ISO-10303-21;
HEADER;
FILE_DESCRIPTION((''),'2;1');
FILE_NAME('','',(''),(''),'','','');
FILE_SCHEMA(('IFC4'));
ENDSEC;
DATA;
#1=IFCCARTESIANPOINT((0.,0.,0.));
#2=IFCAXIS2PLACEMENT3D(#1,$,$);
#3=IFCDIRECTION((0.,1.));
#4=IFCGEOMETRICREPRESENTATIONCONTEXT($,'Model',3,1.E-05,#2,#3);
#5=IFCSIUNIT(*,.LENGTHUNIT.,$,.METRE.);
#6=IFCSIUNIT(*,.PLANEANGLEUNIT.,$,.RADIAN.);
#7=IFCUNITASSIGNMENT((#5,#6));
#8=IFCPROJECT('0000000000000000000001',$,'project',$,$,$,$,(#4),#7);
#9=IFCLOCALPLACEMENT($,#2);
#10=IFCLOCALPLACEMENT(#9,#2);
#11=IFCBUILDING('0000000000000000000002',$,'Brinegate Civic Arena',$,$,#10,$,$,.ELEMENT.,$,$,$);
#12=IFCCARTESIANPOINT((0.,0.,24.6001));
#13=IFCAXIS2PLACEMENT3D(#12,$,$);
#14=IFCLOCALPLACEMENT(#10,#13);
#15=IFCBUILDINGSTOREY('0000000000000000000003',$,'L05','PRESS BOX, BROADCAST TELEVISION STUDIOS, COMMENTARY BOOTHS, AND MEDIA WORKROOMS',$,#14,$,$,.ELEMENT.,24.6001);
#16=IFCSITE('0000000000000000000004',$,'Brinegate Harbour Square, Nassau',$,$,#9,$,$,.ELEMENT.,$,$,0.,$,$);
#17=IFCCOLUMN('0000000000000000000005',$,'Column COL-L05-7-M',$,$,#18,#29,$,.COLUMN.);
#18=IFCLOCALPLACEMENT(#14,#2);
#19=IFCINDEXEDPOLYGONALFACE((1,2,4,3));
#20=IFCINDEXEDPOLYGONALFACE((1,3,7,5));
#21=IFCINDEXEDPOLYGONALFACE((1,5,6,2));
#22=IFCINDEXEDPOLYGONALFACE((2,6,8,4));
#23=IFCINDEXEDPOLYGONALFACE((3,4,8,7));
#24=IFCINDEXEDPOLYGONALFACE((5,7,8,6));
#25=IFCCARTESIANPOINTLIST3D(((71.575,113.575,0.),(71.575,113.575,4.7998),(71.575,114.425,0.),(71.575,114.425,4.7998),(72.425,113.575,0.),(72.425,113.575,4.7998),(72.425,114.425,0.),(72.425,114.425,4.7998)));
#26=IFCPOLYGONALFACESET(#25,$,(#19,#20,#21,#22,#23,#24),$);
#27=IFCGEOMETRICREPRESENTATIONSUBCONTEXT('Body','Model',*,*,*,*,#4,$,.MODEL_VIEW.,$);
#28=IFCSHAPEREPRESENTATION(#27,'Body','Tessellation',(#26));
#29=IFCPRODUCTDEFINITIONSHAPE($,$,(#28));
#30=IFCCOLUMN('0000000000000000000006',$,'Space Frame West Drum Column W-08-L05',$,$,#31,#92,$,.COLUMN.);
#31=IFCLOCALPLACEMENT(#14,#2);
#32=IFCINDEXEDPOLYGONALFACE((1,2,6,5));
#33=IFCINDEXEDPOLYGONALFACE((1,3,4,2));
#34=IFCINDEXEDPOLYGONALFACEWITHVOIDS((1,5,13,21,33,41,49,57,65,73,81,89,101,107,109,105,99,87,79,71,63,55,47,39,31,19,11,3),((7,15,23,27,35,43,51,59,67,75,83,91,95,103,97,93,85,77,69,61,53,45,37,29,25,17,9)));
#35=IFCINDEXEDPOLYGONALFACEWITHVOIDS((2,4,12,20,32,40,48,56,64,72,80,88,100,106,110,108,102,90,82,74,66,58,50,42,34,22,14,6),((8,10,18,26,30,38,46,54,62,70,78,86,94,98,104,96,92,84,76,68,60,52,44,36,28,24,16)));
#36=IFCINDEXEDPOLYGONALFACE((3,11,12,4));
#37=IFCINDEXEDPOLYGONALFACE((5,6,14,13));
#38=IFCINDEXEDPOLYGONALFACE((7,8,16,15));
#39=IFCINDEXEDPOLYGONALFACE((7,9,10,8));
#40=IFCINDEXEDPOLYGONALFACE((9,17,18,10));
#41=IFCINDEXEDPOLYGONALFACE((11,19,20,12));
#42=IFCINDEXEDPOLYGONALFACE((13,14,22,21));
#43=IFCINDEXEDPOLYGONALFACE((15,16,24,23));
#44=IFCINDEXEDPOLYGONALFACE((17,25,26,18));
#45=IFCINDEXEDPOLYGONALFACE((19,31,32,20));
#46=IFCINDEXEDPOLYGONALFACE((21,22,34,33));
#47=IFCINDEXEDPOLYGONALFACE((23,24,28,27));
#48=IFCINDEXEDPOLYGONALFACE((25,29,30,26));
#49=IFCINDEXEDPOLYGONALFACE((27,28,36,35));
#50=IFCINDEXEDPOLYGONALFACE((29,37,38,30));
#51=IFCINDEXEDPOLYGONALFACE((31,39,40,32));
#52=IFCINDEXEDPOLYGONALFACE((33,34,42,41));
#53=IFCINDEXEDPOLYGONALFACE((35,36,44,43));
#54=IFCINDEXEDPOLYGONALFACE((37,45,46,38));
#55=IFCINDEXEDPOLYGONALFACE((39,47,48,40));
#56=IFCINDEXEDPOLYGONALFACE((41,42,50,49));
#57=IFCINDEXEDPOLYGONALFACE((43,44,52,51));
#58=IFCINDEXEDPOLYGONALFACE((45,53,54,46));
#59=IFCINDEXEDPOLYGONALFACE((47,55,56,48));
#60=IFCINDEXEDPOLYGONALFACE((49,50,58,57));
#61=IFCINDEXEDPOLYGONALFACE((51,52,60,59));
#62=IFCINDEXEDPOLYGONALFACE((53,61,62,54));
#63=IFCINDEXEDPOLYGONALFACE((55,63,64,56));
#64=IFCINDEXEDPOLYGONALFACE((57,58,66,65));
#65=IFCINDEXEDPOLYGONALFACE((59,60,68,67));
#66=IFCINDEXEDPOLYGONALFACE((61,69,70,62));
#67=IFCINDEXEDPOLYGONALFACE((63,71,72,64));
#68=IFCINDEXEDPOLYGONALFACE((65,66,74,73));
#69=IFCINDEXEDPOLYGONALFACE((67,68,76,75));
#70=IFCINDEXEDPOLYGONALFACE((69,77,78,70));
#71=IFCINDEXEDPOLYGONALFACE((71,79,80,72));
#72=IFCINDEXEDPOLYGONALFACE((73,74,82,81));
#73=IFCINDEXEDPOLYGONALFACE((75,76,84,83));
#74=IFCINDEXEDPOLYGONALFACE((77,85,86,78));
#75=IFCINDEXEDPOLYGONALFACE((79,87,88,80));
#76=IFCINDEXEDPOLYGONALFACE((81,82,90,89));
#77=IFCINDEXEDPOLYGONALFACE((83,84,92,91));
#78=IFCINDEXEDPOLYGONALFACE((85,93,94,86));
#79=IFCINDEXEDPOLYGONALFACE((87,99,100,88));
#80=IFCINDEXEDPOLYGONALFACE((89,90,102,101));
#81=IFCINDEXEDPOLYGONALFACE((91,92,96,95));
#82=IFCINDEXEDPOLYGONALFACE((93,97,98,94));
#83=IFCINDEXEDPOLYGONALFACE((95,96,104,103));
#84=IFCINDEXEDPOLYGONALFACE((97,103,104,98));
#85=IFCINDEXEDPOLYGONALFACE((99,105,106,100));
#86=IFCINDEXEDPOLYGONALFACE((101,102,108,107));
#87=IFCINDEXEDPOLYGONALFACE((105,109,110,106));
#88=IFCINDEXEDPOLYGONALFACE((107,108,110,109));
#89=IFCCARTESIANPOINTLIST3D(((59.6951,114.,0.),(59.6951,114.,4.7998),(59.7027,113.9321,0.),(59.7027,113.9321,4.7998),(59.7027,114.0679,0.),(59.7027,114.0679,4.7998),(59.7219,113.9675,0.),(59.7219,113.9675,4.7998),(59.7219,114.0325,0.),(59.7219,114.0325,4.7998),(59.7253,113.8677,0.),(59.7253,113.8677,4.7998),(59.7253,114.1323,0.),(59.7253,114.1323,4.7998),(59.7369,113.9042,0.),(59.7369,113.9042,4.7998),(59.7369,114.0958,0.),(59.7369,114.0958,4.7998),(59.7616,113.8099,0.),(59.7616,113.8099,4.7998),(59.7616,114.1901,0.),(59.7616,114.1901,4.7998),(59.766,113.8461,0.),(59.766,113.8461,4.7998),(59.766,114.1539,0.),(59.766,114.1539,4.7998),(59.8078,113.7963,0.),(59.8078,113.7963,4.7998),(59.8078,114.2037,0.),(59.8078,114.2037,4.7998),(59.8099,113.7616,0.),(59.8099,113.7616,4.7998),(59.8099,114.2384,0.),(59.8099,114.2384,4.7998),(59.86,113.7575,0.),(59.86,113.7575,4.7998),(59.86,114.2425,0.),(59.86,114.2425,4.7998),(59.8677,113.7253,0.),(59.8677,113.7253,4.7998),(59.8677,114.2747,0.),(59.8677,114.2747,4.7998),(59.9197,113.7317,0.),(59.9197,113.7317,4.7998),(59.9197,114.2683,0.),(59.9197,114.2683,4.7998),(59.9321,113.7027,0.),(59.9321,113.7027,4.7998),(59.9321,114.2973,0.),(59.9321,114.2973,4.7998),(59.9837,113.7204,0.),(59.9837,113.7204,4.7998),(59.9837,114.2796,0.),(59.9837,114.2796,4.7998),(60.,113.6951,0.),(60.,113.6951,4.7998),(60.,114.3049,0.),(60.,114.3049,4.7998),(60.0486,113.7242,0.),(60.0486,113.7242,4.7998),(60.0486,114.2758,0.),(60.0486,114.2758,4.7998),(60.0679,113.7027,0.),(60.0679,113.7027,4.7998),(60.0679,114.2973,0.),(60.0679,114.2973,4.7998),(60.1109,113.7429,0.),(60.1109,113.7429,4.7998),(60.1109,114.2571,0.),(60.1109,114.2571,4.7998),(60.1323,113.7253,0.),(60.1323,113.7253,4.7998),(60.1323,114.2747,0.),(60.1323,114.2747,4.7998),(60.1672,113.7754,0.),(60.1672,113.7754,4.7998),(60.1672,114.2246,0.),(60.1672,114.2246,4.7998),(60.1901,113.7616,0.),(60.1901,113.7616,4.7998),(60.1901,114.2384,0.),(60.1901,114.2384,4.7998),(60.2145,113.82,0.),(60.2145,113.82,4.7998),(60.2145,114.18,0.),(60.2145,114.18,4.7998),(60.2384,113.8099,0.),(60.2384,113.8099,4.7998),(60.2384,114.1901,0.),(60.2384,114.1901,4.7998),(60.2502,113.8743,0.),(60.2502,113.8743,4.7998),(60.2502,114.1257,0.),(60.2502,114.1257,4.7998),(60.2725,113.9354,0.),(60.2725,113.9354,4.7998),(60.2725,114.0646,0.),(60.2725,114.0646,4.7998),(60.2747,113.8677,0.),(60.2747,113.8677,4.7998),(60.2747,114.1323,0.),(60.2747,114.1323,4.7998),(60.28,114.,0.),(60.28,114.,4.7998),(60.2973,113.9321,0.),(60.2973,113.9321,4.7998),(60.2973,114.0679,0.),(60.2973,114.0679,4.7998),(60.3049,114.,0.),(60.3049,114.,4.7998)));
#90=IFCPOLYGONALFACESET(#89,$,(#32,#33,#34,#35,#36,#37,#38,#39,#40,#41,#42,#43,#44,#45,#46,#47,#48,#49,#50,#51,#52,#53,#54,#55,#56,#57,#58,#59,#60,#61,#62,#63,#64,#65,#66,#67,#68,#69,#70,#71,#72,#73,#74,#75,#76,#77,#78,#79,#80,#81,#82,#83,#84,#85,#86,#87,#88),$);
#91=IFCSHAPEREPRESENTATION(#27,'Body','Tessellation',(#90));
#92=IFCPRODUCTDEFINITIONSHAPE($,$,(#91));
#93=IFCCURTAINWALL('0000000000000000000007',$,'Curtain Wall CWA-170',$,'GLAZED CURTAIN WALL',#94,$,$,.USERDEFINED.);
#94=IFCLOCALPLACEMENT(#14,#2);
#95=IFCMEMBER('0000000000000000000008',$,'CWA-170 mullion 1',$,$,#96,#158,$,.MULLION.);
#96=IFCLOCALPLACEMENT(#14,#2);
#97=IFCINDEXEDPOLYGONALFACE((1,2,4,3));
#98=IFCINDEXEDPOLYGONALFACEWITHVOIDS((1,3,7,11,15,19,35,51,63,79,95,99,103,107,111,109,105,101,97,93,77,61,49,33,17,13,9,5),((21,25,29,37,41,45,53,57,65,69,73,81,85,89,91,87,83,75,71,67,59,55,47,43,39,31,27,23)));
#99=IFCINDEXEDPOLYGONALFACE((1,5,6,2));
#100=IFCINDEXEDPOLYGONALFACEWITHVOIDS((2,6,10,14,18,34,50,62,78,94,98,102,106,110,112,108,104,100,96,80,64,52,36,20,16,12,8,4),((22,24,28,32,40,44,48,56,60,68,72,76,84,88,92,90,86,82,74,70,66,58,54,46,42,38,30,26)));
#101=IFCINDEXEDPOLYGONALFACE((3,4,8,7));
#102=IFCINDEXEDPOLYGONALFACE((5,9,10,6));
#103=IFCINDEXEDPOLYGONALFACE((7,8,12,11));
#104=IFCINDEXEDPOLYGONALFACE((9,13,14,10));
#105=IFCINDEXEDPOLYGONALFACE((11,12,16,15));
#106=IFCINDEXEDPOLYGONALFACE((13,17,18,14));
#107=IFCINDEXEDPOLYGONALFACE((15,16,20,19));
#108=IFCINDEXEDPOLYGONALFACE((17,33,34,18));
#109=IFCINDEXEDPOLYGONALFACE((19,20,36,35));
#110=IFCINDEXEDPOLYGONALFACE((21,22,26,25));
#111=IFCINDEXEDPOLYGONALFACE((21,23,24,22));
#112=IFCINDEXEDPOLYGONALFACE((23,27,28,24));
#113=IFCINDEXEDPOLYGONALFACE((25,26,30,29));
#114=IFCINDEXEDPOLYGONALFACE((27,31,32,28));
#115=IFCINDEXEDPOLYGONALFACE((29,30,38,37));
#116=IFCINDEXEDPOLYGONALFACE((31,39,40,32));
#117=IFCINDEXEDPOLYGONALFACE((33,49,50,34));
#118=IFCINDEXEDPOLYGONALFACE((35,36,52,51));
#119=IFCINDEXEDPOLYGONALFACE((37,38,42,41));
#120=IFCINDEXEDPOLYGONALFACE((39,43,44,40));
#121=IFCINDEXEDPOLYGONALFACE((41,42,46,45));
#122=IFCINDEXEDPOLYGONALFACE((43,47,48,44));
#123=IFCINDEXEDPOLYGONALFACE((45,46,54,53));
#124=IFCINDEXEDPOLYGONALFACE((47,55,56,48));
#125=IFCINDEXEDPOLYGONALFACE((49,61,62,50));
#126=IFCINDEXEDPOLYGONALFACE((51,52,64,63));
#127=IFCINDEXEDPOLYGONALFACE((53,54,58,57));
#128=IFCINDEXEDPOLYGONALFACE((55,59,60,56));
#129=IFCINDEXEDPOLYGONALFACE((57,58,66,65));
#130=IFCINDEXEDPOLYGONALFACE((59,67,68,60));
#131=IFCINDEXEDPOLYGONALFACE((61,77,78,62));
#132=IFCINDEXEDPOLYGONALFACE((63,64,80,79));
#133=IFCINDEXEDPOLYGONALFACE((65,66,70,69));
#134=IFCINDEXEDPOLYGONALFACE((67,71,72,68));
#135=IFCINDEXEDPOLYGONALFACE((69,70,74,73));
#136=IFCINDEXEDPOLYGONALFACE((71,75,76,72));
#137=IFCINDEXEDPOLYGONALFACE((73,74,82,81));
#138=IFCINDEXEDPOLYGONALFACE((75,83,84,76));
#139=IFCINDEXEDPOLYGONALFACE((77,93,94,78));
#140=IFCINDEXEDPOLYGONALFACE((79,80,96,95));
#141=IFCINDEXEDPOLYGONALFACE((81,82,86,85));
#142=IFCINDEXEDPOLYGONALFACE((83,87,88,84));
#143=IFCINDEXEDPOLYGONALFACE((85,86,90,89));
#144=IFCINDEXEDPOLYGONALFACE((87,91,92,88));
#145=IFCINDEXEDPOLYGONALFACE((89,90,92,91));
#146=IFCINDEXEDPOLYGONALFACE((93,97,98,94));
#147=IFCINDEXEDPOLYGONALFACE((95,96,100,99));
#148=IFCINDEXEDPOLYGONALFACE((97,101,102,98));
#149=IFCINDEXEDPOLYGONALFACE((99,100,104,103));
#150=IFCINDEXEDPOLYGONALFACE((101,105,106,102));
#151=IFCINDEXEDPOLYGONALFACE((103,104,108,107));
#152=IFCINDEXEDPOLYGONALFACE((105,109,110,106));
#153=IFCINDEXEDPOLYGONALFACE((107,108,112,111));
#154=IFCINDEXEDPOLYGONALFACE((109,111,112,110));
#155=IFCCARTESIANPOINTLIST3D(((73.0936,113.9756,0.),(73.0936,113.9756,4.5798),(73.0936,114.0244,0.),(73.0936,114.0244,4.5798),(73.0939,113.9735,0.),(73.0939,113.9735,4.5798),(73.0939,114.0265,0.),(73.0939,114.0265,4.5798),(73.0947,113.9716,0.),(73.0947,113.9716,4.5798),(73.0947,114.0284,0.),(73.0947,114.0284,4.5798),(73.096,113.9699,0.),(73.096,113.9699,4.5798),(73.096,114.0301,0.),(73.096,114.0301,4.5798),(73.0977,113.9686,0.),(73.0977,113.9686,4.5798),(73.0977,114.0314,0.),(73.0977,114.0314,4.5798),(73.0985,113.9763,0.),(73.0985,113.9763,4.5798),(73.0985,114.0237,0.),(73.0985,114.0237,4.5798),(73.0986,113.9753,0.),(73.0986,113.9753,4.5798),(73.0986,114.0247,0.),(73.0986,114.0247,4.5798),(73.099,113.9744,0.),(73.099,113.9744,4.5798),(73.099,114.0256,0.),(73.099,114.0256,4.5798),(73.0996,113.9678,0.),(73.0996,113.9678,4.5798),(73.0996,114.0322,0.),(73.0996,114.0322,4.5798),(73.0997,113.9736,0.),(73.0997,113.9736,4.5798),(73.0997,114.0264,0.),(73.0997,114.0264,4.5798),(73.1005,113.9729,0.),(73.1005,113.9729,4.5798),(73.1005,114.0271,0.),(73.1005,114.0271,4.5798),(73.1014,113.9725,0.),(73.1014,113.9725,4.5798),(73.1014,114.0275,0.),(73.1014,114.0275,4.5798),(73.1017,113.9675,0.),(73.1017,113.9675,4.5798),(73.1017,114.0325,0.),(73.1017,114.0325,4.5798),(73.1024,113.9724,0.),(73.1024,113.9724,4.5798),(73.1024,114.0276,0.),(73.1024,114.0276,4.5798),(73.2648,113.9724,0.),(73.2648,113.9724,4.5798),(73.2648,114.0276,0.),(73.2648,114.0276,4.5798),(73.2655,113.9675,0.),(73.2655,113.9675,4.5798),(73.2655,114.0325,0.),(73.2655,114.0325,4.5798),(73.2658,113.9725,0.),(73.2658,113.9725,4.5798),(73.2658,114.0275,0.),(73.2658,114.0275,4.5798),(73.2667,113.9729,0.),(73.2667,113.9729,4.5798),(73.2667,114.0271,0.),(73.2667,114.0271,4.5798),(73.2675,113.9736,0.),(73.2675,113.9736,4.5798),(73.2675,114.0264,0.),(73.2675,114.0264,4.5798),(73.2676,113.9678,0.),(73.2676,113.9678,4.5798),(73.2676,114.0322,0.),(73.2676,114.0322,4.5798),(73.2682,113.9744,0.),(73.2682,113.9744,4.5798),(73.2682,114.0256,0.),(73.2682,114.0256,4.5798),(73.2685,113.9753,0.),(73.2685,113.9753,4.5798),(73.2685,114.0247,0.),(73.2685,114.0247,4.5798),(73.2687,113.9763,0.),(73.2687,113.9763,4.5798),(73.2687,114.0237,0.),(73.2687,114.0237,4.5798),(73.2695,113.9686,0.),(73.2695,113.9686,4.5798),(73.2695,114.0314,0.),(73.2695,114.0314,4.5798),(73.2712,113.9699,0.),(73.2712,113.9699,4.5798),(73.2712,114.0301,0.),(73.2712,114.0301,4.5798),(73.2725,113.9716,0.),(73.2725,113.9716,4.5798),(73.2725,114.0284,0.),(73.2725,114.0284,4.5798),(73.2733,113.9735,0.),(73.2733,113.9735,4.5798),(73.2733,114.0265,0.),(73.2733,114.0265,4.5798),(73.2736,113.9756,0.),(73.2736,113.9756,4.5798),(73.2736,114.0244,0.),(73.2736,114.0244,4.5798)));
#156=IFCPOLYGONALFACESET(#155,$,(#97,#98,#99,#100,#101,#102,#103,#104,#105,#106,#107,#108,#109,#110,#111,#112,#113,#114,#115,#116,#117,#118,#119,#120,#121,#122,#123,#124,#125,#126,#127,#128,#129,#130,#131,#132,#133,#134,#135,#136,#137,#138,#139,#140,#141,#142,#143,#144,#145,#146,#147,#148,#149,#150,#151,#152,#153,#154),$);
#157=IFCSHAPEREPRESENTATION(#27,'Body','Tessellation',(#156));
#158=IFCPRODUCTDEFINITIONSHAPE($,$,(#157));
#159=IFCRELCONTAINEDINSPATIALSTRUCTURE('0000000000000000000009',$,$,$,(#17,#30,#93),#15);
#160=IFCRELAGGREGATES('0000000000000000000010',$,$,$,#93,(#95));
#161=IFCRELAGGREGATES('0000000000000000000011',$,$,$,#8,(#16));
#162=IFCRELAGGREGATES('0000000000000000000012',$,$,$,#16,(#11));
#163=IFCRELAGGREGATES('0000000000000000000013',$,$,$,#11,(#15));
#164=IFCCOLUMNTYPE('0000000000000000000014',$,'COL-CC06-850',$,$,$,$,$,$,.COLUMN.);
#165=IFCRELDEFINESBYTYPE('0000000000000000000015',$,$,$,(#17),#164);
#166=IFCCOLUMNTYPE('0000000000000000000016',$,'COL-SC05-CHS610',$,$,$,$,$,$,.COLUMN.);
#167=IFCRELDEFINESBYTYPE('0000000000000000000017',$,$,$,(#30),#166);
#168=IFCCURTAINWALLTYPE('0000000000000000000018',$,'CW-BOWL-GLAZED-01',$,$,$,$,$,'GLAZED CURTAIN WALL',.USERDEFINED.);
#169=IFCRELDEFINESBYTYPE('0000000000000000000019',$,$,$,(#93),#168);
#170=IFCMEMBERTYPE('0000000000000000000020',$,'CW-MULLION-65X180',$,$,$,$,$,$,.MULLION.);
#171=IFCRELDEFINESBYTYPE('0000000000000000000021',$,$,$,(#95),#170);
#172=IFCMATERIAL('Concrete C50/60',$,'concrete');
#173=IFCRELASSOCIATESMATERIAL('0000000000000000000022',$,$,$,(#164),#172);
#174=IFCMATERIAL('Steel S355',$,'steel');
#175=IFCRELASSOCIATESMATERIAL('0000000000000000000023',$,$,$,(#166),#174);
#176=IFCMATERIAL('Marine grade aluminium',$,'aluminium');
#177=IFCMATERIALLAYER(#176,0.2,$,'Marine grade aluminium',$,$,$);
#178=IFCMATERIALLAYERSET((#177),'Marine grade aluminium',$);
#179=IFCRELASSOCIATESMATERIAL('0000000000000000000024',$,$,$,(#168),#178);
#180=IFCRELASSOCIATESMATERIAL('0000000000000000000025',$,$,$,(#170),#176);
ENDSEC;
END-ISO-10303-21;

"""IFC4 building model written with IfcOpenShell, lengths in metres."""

from ifc_helpers import new_model, si_unit, direction, frame, origin, origin_2d, place, context, subcontext, project, spatial, rectangle, hollow_rectangle, hollow_circle, extrude, material, layer, layer_set, material_profile, profile_set, type_object, element, aggregate, save


model = new_model("IFC4")

# Units and contexts
model_context = context("Model", 3, precision=1e-05, world=origin(), true_north=direction((0.0, 1.0)))
body_context = subcontext(model_context, "Body", "Model", "MODEL_VIEW")
ifc_project = project(units=[si_unit("LENGTHUNIT", "METRE"), si_unit("PLANEANGLEUNIT", "RADIAN")], contexts=[model_context])

# Site, building, storey
site_placement = place(None, origin())
site = spatial("IfcSite", under=ifc_project, at=site_placement, Name="Brinegate Harbour Square, Nassau", CompositionType="ELEMENT", RefElevation=0.0)
building_placement = place(site_placement, origin())
building = spatial("IfcBuilding", under=site, at=building_placement, Name="Brinegate Civic Arena", CompositionType="ELEMENT")
storey_placement = place(building_placement, frame((0.0, 0.0, 24.6001)))
storey = spatial("IfcBuildingStorey", under=building, at=storey_placement, Name="L05", Description="PRESS BOX, BROADCAST TELEVISION STUDIOS, COMMENTARY BOOTHS, AND MEDIA WORKROOMS", CompositionType="ELEMENT", Elevation=24.6001)

# Columns
ifc_material_1 = material(Name="Concrete C50/60", Category="concrete")
ifc_material_profile_1 = material_profile(ifc_material_1, rectangle(XDim=0.8501, YDim=0.8501, at=origin_2d()), Name="RC850X850")
ifc_profile_set_1 = profile_set([ifc_material_profile_1], Name="Concrete C50/60")
column_type_1 = type_object("IfcColumnType", Name="COL-CC06-850", PredefinedType="COLUMN", material=ifc_profile_set_1)
column_1_placement = place(storey_placement, frame((72.0, 114.0, 0.0), z_axis=(0.0, 0.0, 1.0), x_axis=(1.0, 0.0, 0.0)))
element("IfcColumn", 1, at=column_1_placement, inside=storey, type_object=column_type_1, Name="Column COL-L05-7-M", PredefinedType="COLUMN", context=body_context, shape_type="SweptSolid", body=[
    extrude(rectangle(XDim=0.8501, YDim=0.8501, at=origin_2d()), origin(), (0.0, 0.0, 1.0), 4.7998),
])
ifc_material_2 = material(Name="Steel S355", Category="steel")
ifc_material_profile_2 = material_profile(ifc_material_2, hollow_circle(Radius=0.3049, WallThickness=0.0249, at=origin_2d()), Name="CHS610X25")
ifc_profile_set_2 = profile_set([ifc_material_profile_2], Name="Steel S355")
column_type_2 = type_object("IfcColumnType", Name="COL-SC05-CHS610", PredefinedType="COLUMN", material=ifc_profile_set_2)
column_2_placement = place(storey_placement, frame((60.0, 114.0, 0.0), z_axis=(0.0, 0.0, 1.0), x_axis=(1.0, 0.0, 0.0)))
element("IfcColumn", 2, at=column_2_placement, inside=storey, type_object=column_type_2, Name="Space Frame West Drum Column W-08-L05", PredefinedType="COLUMN", context=body_context, shape_type="SweptSolid", body=[
    extrude(hollow_circle(Radius=0.3049, WallThickness=0.0249, at=origin_2d()), origin(), (0.0, 0.0, 1.0), 4.7998),
])

# Curtain wall, member
ifc_material_3 = material(Name="Marine grade aluminium", Category="aluminium")
ifc_layer_1 = layer(ifc_material_3, 0.2, Name="Marine grade aluminium")
ifc_layer_set_1 = layer_set([ifc_layer_1], Name="Marine grade aluminium")
curtain_wall_type = type_object("IfcCurtainWallType", Name="CW-BOWL-GLAZED-01", ElementType="GLAZED CURTAIN WALL", PredefinedType="USERDEFINED", material=ifc_layer_set_1)
curtain_wall_1_placement = place(storey_placement, origin())
curtain_wall_1 = element("IfcCurtainWall", 3, at=curtain_wall_1_placement, inside=storey, type_object=curtain_wall_type, Name="Curtain Wall CWA-170", ObjectType="GLAZED CURTAIN WALL", PredefinedType="USERDEFINED")
ifc_material_profile_3 = material_profile(ifc_material_3, hollow_rectangle(XDim=0.0649, YDim=0.1799, WallThickness=0.0049, InnerFilletRadius=0.0039, OuterFilletRadius=0.0081, at=origin_2d()), Name="MUL65X180")
ifc_profile_set_3 = profile_set([ifc_material_profile_3], Name="Marine grade aluminium")
member_type_1 = type_object("IfcMemberType", Name="CW-MULLION-65X180", PredefinedType="MULLION", material=ifc_profile_set_3)
member_1_placement = place(storey_placement, frame((73.1836, 114.0, 0.0), z_axis=(0.0, 0.0, 1.0), x_axis=(0.0, 1.0, 0.0)))
member_1 = element("IfcMember", 4, at=member_1_placement, type_object=member_type_1, Name="CWA-170 mullion 1", PredefinedType="MULLION", context=body_context, shape_type="SweptSolid", body=[
    extrude(hollow_rectangle(XDim=0.0649, YDim=0.1799, WallThickness=0.0049, InnerFilletRadius=0.0039, OuterFilletRadius=0.0081, at=origin_2d()), origin(), (0.0, 0.0, 1.0), 4.5798),
])

aggregate(curtain_wall_1, [member_1])

save(model, "model.ifc")
